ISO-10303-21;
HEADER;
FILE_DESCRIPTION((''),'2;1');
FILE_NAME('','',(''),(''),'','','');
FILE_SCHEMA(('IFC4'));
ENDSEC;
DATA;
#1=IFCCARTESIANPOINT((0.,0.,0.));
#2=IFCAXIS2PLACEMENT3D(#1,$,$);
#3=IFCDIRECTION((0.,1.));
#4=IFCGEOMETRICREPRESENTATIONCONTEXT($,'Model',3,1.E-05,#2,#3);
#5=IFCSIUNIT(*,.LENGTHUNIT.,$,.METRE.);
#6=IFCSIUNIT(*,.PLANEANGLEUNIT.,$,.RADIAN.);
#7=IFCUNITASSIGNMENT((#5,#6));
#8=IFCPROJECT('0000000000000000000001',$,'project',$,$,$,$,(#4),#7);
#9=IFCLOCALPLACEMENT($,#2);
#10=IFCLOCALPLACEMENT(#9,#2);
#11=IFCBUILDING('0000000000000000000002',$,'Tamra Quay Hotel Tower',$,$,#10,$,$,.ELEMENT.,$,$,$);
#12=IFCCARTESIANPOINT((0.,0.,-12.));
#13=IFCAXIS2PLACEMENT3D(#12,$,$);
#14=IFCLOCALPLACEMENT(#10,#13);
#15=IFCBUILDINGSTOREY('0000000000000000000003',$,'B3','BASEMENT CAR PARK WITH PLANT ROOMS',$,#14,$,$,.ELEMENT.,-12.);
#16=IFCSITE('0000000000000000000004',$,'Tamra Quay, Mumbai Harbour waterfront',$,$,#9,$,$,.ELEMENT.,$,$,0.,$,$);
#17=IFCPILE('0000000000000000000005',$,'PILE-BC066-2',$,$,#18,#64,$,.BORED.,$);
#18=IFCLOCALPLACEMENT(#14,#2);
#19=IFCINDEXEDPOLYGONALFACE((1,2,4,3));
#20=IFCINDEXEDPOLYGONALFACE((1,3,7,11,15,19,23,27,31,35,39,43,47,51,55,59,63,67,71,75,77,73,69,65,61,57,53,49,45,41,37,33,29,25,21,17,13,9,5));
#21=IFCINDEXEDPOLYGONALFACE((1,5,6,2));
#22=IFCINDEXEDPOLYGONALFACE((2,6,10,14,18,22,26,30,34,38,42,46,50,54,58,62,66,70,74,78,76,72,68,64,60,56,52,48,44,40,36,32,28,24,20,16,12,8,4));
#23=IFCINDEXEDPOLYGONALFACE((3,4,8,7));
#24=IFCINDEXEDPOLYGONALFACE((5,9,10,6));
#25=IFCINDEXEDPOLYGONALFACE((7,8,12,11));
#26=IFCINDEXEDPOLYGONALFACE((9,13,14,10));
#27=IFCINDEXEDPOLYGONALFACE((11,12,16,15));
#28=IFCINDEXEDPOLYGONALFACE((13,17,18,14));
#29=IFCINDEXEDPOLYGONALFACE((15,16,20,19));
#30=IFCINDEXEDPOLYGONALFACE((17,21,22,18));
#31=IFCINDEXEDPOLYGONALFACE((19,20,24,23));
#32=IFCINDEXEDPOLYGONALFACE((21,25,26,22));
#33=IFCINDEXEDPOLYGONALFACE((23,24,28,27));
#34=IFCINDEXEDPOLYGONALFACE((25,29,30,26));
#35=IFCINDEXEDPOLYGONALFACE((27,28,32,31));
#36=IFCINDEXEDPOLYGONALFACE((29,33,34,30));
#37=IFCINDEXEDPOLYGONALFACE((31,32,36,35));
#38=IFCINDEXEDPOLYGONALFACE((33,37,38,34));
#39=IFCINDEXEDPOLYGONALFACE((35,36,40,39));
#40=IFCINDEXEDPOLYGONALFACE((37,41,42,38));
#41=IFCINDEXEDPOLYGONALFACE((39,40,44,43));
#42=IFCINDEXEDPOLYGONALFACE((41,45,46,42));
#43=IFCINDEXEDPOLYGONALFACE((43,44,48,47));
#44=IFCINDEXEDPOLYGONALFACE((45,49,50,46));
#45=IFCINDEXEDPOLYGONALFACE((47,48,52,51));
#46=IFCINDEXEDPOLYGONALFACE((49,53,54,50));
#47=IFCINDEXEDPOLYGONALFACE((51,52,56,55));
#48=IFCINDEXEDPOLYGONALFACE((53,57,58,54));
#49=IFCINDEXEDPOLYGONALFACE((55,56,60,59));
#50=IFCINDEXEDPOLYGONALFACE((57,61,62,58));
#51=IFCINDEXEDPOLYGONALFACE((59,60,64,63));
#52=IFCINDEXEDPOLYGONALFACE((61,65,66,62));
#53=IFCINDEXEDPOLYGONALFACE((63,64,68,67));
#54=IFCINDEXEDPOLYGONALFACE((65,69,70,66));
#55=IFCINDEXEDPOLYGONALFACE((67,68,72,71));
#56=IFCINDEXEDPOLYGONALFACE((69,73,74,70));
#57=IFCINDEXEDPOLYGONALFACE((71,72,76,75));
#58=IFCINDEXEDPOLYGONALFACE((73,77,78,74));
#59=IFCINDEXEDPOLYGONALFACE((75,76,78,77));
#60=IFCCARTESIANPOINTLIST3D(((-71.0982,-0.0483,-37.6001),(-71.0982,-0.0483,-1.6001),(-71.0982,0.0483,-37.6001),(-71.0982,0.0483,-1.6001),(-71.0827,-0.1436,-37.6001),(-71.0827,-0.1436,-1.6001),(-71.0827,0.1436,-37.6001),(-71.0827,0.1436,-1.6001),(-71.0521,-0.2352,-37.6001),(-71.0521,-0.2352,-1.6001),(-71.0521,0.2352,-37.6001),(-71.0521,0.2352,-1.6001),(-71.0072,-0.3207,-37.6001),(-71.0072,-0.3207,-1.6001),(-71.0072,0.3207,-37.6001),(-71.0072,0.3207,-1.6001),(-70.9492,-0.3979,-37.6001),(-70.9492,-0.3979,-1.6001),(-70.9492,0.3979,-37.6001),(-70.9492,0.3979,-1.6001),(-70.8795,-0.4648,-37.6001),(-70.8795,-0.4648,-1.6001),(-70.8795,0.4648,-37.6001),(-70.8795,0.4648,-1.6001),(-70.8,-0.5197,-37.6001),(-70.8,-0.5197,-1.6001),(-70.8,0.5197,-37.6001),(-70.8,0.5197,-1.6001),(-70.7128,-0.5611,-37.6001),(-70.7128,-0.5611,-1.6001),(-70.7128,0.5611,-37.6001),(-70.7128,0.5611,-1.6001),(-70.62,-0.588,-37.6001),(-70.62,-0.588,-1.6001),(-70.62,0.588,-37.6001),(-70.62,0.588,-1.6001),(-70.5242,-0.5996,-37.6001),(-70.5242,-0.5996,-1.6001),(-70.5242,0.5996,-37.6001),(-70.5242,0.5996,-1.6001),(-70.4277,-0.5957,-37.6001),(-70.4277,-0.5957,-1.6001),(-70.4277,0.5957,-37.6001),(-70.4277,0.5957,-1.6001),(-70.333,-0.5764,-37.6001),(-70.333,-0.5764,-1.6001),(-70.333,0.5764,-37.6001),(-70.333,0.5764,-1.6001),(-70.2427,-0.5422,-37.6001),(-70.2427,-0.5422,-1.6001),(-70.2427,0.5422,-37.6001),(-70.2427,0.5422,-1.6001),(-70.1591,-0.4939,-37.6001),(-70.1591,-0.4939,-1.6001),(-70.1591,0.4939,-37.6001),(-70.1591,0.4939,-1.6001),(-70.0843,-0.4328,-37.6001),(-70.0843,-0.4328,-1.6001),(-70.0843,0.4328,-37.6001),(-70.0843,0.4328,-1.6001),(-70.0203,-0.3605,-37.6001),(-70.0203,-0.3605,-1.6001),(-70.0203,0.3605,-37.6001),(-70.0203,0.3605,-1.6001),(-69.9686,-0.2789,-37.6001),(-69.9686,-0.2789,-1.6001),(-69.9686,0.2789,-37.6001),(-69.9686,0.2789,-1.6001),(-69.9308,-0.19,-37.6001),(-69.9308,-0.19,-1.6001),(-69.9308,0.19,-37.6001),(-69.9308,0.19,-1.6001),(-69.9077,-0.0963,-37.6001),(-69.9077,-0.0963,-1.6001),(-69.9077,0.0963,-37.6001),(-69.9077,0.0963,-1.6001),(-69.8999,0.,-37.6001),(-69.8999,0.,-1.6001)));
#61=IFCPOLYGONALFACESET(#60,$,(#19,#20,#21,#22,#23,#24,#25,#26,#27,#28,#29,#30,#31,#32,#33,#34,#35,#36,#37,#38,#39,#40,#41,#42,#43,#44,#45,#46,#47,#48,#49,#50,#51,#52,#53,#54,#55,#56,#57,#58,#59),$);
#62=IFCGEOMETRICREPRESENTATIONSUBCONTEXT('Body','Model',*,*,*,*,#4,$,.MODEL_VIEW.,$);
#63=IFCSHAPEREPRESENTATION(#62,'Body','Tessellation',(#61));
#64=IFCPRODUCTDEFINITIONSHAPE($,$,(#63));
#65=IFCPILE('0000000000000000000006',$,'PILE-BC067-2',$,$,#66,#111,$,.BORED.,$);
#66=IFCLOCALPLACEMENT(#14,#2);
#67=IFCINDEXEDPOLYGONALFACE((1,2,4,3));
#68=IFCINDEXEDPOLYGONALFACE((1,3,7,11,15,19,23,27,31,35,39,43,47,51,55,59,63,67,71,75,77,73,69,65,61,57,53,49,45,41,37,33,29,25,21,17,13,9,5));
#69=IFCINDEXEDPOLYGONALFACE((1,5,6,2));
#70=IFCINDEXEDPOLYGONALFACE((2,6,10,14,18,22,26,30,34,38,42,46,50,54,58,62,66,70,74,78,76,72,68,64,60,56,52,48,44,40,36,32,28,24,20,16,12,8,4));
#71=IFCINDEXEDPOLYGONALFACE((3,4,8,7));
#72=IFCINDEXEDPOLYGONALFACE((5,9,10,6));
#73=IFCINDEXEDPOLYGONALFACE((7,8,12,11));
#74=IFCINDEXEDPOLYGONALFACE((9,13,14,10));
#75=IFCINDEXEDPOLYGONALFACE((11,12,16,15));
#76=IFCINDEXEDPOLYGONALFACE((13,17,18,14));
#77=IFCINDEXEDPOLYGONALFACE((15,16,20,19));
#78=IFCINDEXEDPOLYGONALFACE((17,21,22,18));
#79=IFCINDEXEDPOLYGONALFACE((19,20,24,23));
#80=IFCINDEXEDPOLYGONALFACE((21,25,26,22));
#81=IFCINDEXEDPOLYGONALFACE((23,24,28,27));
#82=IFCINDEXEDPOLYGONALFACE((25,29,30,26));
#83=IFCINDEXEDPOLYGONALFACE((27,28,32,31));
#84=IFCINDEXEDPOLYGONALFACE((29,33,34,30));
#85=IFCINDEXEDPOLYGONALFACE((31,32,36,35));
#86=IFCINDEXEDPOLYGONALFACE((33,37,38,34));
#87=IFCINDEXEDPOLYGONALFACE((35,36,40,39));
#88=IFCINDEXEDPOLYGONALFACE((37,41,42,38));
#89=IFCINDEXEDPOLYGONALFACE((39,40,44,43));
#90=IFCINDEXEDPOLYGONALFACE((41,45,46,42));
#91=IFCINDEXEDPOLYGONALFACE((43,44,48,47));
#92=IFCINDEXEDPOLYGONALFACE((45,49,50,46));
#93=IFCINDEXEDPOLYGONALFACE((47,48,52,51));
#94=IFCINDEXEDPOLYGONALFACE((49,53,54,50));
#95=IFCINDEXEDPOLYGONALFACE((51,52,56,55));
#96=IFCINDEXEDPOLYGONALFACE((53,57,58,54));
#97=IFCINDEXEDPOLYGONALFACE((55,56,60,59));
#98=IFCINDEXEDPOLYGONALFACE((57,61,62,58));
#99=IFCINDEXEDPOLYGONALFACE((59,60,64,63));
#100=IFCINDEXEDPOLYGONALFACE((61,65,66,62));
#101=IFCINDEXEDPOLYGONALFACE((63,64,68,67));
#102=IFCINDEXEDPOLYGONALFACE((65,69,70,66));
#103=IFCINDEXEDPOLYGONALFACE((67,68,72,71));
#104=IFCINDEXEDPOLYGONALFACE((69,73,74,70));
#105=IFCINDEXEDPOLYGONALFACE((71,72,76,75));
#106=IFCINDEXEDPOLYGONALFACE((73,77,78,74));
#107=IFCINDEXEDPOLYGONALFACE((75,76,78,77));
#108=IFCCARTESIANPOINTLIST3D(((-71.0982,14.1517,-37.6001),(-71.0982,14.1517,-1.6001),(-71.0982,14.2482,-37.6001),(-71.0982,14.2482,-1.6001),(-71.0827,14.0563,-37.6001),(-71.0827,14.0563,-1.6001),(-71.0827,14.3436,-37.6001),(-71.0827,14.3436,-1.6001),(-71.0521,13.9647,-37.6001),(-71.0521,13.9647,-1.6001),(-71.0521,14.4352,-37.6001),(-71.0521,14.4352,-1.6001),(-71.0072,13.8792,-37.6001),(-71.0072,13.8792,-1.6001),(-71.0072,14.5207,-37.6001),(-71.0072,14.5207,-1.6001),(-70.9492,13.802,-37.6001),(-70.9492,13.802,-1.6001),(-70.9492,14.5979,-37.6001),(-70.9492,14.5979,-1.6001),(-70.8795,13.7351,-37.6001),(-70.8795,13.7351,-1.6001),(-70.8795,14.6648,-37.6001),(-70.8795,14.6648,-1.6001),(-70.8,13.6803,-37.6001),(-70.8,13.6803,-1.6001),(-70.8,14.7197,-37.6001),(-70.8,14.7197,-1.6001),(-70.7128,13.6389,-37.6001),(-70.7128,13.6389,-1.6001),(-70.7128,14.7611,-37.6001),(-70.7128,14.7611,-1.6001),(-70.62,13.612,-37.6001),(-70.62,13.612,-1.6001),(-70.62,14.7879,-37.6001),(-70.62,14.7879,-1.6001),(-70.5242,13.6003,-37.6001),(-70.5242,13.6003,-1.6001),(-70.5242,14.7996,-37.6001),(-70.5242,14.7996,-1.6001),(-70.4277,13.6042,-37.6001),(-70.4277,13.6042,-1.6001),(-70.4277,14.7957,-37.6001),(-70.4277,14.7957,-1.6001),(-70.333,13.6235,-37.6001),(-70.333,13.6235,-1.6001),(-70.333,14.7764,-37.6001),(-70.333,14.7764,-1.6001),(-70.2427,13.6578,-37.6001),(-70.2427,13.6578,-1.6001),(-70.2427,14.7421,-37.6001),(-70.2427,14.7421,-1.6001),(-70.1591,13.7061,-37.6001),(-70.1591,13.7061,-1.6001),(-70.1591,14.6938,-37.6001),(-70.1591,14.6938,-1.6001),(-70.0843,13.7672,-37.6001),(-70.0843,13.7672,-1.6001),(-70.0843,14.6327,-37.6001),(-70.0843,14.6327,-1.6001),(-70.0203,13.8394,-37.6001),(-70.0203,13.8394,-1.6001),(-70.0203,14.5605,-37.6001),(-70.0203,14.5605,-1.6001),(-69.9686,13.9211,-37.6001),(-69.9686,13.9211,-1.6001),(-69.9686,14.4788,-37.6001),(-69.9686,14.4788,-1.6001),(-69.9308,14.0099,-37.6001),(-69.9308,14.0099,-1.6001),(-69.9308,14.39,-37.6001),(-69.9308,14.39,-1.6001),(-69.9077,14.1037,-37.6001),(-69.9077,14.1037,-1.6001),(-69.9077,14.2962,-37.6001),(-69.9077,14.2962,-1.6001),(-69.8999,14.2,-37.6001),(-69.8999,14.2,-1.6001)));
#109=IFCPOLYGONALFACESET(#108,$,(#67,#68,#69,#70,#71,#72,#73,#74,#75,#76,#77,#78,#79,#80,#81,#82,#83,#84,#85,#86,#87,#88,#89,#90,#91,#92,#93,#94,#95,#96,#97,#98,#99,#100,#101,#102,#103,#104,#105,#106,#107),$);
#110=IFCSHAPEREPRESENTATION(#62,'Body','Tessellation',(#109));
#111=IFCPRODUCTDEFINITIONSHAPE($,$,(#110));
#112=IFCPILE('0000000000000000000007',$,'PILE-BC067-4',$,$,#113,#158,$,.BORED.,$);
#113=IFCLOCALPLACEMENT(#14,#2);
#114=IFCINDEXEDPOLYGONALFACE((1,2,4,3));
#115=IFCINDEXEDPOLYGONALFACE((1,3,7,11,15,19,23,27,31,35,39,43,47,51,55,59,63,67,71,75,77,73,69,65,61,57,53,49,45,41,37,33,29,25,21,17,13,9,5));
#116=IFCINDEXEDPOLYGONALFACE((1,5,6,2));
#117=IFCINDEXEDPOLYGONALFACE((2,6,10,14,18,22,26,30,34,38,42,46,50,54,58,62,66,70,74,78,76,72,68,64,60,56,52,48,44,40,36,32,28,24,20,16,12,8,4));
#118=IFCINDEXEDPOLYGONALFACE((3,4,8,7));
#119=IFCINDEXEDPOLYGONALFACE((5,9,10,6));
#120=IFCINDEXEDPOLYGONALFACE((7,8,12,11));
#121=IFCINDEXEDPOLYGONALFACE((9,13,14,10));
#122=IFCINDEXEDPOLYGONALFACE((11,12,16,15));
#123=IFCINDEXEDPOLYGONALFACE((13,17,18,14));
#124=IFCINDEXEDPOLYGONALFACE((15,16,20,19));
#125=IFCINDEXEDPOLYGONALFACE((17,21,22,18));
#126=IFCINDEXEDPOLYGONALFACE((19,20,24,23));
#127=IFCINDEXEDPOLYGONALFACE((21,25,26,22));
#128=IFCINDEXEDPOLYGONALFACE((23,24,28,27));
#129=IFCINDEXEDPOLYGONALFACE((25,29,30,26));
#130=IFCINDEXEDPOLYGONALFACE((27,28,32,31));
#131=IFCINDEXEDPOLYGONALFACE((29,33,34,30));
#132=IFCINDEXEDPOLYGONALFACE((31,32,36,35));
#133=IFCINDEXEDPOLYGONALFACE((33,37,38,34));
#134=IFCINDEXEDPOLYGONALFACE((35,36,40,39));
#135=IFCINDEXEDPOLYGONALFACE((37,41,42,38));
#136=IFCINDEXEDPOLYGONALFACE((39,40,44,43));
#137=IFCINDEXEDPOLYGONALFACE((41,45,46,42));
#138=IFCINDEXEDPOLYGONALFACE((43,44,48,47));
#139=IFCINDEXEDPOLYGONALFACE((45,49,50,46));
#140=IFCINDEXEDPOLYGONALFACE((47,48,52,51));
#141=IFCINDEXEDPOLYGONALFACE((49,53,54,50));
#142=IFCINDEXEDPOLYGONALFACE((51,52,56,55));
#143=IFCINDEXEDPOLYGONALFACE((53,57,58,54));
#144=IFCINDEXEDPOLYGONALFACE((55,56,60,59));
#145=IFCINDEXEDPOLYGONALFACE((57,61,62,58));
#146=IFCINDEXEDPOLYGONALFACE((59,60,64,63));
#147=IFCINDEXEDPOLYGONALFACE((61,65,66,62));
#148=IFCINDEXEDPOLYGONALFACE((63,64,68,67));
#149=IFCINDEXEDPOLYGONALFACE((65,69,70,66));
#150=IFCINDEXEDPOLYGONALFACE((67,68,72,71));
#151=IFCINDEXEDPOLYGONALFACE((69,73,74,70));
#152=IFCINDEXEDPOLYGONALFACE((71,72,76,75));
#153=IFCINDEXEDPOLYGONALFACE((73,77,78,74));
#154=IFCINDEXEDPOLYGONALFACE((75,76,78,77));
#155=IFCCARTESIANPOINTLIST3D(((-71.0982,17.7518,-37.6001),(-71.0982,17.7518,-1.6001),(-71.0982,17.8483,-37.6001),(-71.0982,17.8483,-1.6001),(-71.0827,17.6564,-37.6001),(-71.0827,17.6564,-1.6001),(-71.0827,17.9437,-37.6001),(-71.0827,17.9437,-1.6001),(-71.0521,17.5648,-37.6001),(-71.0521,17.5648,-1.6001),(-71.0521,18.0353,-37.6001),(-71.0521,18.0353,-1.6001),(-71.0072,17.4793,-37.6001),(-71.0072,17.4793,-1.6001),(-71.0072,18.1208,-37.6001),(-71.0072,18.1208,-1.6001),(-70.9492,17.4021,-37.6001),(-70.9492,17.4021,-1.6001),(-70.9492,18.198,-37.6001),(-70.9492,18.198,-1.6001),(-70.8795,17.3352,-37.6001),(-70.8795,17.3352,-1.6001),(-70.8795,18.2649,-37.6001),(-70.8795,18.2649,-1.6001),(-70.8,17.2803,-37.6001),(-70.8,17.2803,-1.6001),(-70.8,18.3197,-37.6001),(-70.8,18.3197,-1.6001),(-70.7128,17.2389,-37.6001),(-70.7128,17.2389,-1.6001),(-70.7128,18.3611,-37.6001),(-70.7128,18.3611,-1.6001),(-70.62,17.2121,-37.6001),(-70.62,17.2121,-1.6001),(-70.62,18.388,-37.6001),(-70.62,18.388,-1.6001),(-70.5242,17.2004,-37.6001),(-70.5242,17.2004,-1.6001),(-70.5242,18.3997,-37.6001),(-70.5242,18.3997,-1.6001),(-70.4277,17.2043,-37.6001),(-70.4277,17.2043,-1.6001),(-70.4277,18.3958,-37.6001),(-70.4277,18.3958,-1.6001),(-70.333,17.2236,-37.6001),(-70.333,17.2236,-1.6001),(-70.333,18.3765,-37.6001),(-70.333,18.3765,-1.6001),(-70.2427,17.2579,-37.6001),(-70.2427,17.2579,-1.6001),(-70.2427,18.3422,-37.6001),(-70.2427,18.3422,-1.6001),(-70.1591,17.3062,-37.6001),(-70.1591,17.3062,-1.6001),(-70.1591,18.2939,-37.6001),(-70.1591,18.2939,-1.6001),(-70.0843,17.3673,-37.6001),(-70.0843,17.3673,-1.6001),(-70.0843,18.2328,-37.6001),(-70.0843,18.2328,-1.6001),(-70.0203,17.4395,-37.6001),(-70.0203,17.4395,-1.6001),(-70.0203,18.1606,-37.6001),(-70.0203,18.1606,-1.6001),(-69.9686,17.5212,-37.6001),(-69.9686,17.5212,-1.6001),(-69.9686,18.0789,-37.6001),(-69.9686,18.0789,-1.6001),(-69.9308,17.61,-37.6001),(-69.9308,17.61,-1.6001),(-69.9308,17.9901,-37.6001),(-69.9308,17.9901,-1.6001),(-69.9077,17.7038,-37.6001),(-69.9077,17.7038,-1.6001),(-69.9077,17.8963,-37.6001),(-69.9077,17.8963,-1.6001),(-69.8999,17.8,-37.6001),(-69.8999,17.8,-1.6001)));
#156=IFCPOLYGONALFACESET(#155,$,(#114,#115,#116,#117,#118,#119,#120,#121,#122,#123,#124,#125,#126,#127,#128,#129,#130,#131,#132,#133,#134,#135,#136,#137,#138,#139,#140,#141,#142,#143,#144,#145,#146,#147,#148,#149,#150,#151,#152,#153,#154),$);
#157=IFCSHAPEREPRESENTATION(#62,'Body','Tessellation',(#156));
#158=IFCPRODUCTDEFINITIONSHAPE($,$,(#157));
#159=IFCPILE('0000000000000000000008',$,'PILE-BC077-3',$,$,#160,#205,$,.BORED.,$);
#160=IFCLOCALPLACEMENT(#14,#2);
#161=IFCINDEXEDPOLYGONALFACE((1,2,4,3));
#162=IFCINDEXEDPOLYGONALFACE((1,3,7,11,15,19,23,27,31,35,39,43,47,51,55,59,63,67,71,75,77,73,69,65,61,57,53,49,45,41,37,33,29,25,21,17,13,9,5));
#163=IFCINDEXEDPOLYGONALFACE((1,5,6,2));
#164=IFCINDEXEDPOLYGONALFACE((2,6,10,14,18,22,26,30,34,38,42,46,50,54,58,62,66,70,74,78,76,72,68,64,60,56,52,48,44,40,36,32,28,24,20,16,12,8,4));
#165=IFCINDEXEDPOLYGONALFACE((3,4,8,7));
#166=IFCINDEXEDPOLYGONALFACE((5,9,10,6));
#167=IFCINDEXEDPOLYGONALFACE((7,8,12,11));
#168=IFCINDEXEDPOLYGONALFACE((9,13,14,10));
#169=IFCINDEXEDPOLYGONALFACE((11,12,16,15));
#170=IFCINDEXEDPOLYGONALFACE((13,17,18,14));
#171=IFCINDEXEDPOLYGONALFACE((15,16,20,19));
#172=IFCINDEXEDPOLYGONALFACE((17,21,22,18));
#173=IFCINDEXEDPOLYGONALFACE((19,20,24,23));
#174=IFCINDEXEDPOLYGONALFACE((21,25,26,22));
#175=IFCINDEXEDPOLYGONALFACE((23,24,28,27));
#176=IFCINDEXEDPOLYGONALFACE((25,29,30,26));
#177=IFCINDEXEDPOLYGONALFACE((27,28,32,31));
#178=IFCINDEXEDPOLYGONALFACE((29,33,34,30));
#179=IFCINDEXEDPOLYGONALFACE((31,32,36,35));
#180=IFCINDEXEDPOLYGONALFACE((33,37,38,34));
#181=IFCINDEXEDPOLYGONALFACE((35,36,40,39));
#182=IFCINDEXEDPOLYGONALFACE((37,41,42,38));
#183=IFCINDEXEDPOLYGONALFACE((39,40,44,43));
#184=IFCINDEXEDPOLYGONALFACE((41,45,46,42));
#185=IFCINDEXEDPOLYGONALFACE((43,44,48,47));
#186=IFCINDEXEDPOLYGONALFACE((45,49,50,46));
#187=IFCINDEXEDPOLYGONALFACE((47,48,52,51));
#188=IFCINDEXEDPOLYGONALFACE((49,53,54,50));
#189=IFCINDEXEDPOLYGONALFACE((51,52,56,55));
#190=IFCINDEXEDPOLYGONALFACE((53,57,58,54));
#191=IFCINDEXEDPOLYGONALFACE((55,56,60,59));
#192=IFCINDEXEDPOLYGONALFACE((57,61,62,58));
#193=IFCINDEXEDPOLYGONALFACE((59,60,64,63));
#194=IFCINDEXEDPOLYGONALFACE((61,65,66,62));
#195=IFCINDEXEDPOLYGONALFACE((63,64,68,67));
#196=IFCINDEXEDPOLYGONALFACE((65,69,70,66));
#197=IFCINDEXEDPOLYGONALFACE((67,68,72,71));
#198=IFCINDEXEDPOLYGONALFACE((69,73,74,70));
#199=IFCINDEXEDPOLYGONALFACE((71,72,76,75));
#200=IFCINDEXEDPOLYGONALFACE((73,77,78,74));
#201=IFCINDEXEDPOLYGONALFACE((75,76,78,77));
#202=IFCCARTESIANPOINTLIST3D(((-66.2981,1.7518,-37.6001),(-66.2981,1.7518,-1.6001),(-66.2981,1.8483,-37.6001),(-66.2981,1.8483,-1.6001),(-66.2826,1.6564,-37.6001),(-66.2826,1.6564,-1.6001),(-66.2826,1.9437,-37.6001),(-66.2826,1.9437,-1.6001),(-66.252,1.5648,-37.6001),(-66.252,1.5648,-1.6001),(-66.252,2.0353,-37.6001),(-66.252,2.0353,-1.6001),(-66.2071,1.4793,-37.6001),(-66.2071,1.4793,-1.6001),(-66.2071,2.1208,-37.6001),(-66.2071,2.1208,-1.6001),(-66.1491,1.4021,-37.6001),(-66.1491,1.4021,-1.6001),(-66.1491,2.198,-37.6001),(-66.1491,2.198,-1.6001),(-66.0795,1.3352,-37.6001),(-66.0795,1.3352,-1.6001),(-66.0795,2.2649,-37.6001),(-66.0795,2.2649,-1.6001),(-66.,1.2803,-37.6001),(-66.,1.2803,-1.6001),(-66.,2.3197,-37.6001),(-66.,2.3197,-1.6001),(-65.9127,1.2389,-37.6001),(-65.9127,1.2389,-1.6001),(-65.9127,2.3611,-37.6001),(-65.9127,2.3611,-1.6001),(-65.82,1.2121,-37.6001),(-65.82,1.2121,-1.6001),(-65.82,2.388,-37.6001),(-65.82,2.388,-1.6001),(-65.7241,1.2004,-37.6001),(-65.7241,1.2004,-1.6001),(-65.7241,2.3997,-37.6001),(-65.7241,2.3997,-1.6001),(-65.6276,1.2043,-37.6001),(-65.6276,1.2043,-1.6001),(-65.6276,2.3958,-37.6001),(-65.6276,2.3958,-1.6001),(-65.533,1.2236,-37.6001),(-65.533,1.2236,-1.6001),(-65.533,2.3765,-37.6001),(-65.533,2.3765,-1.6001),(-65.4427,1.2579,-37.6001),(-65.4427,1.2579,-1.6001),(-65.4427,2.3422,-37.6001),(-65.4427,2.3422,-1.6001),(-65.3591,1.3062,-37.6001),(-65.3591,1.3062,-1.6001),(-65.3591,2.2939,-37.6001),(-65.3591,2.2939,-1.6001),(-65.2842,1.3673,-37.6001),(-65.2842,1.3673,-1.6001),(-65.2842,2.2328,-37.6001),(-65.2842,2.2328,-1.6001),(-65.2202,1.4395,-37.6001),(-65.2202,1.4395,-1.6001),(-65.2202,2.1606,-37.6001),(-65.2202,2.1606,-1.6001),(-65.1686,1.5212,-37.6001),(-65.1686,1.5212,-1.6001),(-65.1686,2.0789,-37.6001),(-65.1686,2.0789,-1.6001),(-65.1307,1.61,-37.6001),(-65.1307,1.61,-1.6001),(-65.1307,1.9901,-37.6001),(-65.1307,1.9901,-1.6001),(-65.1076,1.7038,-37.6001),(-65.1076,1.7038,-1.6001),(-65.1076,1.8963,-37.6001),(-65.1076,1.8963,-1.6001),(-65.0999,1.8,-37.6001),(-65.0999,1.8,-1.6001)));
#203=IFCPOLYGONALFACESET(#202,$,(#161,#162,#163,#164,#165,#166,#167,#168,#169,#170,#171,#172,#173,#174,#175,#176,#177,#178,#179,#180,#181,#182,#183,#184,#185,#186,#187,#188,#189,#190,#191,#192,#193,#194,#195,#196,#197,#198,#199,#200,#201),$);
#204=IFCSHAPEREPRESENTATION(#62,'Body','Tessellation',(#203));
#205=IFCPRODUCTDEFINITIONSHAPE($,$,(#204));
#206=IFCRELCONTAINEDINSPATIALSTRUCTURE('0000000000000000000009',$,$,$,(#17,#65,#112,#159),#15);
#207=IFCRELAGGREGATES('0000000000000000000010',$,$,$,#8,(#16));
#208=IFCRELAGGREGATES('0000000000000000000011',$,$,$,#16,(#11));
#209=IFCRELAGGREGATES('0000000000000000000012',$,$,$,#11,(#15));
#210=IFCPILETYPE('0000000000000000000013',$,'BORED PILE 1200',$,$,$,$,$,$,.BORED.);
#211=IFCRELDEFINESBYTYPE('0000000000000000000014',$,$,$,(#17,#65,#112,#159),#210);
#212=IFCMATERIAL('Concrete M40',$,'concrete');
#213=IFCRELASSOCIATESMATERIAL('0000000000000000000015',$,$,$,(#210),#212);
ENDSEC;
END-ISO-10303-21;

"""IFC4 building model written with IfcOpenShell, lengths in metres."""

from ifc_helpers import new_model, si_unit, direction, frame, origin, origin_2d, place, context, subcontext, project, spatial, circle, extrude, material, material_profile, profile_set, type_object, element, save


model = new_model("IFC4")

# Units and contexts
model_context = context("Model", 3, precision=1e-05, world=origin(), true_north=direction((0.0, 1.0)))
body_context = subcontext(model_context, "Body", "Model", "MODEL_VIEW")
ifc_project = project(units=[si_unit("LENGTHUNIT", "METRE"), si_unit("PLANEANGLEUNIT", "RADIAN")], contexts=[model_context])

# Site, building, storey
site_placement = place(None, origin())
site = spatial("IfcSite", under=ifc_project, at=site_placement, Name="Tamra Quay, Mumbai Harbour waterfront", CompositionType="ELEMENT", RefElevation=0.0)
building_placement = place(site_placement, origin())
building = spatial("IfcBuilding", under=site, at=building_placement, Name="Tamra Quay Hotel Tower", CompositionType="ELEMENT")
storey_placement = place(building_placement, frame((0.0, 0.0, -12.0)))
storey = spatial("IfcBuildingStorey", under=building, at=storey_placement, Name="B3", Description="BASEMENT CAR PARK WITH PLANT ROOMS", CompositionType="ELEMENT", Elevation=-12.0)

# Piles
ifc_material_1 = material(Name="Concrete M40", Category="concrete")
ifc_material_profile_1 = material_profile(ifc_material_1, circle(Radius=0.6001, at=origin_2d()), Name="BORED PILE 1200")
ifc_profile_set_1 = profile_set([ifc_material_profile_1], Name="Concrete M40")
pile_type = type_object("IfcPileType", Name="BORED PILE 1200", PredefinedType="BORED", material=ifc_profile_set_1)
for number, where, z_axis, x_axis, name in (
    (1, (-70.5, 0.0, -1.6001), (0.0, 0.0, -1.0), (1.0, 0.0, 0.0), "PILE-BC066-2"),
    (2, (-70.5, 14.2, -1.6001), (0.0, 0.0, -1.0), (1.0, 0.0, 0.0), "PILE-BC067-2"),
    (3, (-70.5, 17.8, -1.6001), (0.0, 0.0, -1.0), (1.0, 0.0, 0.0), "PILE-BC067-4"),
    (4, (-65.7, 1.8, -1.6001), (0.0, 0.0, -1.0), (1.0, 0.0, 0.0), "PILE-BC077-3"),
):
    element("IfcPile", number, at=place(storey_placement, frame(where, z_axis=z_axis, x_axis=x_axis)), inside=storey, type_object=pile_type, Name=name, PredefinedType="BORED", context=body_context, shape_type="SweptSolid", body=[
        extrude(circle(Radius=0.6001, at=origin_2d()), origin(), (0.0, 0.0, 1.0), 36.0),
    ])

save(model, "model.ifc")
